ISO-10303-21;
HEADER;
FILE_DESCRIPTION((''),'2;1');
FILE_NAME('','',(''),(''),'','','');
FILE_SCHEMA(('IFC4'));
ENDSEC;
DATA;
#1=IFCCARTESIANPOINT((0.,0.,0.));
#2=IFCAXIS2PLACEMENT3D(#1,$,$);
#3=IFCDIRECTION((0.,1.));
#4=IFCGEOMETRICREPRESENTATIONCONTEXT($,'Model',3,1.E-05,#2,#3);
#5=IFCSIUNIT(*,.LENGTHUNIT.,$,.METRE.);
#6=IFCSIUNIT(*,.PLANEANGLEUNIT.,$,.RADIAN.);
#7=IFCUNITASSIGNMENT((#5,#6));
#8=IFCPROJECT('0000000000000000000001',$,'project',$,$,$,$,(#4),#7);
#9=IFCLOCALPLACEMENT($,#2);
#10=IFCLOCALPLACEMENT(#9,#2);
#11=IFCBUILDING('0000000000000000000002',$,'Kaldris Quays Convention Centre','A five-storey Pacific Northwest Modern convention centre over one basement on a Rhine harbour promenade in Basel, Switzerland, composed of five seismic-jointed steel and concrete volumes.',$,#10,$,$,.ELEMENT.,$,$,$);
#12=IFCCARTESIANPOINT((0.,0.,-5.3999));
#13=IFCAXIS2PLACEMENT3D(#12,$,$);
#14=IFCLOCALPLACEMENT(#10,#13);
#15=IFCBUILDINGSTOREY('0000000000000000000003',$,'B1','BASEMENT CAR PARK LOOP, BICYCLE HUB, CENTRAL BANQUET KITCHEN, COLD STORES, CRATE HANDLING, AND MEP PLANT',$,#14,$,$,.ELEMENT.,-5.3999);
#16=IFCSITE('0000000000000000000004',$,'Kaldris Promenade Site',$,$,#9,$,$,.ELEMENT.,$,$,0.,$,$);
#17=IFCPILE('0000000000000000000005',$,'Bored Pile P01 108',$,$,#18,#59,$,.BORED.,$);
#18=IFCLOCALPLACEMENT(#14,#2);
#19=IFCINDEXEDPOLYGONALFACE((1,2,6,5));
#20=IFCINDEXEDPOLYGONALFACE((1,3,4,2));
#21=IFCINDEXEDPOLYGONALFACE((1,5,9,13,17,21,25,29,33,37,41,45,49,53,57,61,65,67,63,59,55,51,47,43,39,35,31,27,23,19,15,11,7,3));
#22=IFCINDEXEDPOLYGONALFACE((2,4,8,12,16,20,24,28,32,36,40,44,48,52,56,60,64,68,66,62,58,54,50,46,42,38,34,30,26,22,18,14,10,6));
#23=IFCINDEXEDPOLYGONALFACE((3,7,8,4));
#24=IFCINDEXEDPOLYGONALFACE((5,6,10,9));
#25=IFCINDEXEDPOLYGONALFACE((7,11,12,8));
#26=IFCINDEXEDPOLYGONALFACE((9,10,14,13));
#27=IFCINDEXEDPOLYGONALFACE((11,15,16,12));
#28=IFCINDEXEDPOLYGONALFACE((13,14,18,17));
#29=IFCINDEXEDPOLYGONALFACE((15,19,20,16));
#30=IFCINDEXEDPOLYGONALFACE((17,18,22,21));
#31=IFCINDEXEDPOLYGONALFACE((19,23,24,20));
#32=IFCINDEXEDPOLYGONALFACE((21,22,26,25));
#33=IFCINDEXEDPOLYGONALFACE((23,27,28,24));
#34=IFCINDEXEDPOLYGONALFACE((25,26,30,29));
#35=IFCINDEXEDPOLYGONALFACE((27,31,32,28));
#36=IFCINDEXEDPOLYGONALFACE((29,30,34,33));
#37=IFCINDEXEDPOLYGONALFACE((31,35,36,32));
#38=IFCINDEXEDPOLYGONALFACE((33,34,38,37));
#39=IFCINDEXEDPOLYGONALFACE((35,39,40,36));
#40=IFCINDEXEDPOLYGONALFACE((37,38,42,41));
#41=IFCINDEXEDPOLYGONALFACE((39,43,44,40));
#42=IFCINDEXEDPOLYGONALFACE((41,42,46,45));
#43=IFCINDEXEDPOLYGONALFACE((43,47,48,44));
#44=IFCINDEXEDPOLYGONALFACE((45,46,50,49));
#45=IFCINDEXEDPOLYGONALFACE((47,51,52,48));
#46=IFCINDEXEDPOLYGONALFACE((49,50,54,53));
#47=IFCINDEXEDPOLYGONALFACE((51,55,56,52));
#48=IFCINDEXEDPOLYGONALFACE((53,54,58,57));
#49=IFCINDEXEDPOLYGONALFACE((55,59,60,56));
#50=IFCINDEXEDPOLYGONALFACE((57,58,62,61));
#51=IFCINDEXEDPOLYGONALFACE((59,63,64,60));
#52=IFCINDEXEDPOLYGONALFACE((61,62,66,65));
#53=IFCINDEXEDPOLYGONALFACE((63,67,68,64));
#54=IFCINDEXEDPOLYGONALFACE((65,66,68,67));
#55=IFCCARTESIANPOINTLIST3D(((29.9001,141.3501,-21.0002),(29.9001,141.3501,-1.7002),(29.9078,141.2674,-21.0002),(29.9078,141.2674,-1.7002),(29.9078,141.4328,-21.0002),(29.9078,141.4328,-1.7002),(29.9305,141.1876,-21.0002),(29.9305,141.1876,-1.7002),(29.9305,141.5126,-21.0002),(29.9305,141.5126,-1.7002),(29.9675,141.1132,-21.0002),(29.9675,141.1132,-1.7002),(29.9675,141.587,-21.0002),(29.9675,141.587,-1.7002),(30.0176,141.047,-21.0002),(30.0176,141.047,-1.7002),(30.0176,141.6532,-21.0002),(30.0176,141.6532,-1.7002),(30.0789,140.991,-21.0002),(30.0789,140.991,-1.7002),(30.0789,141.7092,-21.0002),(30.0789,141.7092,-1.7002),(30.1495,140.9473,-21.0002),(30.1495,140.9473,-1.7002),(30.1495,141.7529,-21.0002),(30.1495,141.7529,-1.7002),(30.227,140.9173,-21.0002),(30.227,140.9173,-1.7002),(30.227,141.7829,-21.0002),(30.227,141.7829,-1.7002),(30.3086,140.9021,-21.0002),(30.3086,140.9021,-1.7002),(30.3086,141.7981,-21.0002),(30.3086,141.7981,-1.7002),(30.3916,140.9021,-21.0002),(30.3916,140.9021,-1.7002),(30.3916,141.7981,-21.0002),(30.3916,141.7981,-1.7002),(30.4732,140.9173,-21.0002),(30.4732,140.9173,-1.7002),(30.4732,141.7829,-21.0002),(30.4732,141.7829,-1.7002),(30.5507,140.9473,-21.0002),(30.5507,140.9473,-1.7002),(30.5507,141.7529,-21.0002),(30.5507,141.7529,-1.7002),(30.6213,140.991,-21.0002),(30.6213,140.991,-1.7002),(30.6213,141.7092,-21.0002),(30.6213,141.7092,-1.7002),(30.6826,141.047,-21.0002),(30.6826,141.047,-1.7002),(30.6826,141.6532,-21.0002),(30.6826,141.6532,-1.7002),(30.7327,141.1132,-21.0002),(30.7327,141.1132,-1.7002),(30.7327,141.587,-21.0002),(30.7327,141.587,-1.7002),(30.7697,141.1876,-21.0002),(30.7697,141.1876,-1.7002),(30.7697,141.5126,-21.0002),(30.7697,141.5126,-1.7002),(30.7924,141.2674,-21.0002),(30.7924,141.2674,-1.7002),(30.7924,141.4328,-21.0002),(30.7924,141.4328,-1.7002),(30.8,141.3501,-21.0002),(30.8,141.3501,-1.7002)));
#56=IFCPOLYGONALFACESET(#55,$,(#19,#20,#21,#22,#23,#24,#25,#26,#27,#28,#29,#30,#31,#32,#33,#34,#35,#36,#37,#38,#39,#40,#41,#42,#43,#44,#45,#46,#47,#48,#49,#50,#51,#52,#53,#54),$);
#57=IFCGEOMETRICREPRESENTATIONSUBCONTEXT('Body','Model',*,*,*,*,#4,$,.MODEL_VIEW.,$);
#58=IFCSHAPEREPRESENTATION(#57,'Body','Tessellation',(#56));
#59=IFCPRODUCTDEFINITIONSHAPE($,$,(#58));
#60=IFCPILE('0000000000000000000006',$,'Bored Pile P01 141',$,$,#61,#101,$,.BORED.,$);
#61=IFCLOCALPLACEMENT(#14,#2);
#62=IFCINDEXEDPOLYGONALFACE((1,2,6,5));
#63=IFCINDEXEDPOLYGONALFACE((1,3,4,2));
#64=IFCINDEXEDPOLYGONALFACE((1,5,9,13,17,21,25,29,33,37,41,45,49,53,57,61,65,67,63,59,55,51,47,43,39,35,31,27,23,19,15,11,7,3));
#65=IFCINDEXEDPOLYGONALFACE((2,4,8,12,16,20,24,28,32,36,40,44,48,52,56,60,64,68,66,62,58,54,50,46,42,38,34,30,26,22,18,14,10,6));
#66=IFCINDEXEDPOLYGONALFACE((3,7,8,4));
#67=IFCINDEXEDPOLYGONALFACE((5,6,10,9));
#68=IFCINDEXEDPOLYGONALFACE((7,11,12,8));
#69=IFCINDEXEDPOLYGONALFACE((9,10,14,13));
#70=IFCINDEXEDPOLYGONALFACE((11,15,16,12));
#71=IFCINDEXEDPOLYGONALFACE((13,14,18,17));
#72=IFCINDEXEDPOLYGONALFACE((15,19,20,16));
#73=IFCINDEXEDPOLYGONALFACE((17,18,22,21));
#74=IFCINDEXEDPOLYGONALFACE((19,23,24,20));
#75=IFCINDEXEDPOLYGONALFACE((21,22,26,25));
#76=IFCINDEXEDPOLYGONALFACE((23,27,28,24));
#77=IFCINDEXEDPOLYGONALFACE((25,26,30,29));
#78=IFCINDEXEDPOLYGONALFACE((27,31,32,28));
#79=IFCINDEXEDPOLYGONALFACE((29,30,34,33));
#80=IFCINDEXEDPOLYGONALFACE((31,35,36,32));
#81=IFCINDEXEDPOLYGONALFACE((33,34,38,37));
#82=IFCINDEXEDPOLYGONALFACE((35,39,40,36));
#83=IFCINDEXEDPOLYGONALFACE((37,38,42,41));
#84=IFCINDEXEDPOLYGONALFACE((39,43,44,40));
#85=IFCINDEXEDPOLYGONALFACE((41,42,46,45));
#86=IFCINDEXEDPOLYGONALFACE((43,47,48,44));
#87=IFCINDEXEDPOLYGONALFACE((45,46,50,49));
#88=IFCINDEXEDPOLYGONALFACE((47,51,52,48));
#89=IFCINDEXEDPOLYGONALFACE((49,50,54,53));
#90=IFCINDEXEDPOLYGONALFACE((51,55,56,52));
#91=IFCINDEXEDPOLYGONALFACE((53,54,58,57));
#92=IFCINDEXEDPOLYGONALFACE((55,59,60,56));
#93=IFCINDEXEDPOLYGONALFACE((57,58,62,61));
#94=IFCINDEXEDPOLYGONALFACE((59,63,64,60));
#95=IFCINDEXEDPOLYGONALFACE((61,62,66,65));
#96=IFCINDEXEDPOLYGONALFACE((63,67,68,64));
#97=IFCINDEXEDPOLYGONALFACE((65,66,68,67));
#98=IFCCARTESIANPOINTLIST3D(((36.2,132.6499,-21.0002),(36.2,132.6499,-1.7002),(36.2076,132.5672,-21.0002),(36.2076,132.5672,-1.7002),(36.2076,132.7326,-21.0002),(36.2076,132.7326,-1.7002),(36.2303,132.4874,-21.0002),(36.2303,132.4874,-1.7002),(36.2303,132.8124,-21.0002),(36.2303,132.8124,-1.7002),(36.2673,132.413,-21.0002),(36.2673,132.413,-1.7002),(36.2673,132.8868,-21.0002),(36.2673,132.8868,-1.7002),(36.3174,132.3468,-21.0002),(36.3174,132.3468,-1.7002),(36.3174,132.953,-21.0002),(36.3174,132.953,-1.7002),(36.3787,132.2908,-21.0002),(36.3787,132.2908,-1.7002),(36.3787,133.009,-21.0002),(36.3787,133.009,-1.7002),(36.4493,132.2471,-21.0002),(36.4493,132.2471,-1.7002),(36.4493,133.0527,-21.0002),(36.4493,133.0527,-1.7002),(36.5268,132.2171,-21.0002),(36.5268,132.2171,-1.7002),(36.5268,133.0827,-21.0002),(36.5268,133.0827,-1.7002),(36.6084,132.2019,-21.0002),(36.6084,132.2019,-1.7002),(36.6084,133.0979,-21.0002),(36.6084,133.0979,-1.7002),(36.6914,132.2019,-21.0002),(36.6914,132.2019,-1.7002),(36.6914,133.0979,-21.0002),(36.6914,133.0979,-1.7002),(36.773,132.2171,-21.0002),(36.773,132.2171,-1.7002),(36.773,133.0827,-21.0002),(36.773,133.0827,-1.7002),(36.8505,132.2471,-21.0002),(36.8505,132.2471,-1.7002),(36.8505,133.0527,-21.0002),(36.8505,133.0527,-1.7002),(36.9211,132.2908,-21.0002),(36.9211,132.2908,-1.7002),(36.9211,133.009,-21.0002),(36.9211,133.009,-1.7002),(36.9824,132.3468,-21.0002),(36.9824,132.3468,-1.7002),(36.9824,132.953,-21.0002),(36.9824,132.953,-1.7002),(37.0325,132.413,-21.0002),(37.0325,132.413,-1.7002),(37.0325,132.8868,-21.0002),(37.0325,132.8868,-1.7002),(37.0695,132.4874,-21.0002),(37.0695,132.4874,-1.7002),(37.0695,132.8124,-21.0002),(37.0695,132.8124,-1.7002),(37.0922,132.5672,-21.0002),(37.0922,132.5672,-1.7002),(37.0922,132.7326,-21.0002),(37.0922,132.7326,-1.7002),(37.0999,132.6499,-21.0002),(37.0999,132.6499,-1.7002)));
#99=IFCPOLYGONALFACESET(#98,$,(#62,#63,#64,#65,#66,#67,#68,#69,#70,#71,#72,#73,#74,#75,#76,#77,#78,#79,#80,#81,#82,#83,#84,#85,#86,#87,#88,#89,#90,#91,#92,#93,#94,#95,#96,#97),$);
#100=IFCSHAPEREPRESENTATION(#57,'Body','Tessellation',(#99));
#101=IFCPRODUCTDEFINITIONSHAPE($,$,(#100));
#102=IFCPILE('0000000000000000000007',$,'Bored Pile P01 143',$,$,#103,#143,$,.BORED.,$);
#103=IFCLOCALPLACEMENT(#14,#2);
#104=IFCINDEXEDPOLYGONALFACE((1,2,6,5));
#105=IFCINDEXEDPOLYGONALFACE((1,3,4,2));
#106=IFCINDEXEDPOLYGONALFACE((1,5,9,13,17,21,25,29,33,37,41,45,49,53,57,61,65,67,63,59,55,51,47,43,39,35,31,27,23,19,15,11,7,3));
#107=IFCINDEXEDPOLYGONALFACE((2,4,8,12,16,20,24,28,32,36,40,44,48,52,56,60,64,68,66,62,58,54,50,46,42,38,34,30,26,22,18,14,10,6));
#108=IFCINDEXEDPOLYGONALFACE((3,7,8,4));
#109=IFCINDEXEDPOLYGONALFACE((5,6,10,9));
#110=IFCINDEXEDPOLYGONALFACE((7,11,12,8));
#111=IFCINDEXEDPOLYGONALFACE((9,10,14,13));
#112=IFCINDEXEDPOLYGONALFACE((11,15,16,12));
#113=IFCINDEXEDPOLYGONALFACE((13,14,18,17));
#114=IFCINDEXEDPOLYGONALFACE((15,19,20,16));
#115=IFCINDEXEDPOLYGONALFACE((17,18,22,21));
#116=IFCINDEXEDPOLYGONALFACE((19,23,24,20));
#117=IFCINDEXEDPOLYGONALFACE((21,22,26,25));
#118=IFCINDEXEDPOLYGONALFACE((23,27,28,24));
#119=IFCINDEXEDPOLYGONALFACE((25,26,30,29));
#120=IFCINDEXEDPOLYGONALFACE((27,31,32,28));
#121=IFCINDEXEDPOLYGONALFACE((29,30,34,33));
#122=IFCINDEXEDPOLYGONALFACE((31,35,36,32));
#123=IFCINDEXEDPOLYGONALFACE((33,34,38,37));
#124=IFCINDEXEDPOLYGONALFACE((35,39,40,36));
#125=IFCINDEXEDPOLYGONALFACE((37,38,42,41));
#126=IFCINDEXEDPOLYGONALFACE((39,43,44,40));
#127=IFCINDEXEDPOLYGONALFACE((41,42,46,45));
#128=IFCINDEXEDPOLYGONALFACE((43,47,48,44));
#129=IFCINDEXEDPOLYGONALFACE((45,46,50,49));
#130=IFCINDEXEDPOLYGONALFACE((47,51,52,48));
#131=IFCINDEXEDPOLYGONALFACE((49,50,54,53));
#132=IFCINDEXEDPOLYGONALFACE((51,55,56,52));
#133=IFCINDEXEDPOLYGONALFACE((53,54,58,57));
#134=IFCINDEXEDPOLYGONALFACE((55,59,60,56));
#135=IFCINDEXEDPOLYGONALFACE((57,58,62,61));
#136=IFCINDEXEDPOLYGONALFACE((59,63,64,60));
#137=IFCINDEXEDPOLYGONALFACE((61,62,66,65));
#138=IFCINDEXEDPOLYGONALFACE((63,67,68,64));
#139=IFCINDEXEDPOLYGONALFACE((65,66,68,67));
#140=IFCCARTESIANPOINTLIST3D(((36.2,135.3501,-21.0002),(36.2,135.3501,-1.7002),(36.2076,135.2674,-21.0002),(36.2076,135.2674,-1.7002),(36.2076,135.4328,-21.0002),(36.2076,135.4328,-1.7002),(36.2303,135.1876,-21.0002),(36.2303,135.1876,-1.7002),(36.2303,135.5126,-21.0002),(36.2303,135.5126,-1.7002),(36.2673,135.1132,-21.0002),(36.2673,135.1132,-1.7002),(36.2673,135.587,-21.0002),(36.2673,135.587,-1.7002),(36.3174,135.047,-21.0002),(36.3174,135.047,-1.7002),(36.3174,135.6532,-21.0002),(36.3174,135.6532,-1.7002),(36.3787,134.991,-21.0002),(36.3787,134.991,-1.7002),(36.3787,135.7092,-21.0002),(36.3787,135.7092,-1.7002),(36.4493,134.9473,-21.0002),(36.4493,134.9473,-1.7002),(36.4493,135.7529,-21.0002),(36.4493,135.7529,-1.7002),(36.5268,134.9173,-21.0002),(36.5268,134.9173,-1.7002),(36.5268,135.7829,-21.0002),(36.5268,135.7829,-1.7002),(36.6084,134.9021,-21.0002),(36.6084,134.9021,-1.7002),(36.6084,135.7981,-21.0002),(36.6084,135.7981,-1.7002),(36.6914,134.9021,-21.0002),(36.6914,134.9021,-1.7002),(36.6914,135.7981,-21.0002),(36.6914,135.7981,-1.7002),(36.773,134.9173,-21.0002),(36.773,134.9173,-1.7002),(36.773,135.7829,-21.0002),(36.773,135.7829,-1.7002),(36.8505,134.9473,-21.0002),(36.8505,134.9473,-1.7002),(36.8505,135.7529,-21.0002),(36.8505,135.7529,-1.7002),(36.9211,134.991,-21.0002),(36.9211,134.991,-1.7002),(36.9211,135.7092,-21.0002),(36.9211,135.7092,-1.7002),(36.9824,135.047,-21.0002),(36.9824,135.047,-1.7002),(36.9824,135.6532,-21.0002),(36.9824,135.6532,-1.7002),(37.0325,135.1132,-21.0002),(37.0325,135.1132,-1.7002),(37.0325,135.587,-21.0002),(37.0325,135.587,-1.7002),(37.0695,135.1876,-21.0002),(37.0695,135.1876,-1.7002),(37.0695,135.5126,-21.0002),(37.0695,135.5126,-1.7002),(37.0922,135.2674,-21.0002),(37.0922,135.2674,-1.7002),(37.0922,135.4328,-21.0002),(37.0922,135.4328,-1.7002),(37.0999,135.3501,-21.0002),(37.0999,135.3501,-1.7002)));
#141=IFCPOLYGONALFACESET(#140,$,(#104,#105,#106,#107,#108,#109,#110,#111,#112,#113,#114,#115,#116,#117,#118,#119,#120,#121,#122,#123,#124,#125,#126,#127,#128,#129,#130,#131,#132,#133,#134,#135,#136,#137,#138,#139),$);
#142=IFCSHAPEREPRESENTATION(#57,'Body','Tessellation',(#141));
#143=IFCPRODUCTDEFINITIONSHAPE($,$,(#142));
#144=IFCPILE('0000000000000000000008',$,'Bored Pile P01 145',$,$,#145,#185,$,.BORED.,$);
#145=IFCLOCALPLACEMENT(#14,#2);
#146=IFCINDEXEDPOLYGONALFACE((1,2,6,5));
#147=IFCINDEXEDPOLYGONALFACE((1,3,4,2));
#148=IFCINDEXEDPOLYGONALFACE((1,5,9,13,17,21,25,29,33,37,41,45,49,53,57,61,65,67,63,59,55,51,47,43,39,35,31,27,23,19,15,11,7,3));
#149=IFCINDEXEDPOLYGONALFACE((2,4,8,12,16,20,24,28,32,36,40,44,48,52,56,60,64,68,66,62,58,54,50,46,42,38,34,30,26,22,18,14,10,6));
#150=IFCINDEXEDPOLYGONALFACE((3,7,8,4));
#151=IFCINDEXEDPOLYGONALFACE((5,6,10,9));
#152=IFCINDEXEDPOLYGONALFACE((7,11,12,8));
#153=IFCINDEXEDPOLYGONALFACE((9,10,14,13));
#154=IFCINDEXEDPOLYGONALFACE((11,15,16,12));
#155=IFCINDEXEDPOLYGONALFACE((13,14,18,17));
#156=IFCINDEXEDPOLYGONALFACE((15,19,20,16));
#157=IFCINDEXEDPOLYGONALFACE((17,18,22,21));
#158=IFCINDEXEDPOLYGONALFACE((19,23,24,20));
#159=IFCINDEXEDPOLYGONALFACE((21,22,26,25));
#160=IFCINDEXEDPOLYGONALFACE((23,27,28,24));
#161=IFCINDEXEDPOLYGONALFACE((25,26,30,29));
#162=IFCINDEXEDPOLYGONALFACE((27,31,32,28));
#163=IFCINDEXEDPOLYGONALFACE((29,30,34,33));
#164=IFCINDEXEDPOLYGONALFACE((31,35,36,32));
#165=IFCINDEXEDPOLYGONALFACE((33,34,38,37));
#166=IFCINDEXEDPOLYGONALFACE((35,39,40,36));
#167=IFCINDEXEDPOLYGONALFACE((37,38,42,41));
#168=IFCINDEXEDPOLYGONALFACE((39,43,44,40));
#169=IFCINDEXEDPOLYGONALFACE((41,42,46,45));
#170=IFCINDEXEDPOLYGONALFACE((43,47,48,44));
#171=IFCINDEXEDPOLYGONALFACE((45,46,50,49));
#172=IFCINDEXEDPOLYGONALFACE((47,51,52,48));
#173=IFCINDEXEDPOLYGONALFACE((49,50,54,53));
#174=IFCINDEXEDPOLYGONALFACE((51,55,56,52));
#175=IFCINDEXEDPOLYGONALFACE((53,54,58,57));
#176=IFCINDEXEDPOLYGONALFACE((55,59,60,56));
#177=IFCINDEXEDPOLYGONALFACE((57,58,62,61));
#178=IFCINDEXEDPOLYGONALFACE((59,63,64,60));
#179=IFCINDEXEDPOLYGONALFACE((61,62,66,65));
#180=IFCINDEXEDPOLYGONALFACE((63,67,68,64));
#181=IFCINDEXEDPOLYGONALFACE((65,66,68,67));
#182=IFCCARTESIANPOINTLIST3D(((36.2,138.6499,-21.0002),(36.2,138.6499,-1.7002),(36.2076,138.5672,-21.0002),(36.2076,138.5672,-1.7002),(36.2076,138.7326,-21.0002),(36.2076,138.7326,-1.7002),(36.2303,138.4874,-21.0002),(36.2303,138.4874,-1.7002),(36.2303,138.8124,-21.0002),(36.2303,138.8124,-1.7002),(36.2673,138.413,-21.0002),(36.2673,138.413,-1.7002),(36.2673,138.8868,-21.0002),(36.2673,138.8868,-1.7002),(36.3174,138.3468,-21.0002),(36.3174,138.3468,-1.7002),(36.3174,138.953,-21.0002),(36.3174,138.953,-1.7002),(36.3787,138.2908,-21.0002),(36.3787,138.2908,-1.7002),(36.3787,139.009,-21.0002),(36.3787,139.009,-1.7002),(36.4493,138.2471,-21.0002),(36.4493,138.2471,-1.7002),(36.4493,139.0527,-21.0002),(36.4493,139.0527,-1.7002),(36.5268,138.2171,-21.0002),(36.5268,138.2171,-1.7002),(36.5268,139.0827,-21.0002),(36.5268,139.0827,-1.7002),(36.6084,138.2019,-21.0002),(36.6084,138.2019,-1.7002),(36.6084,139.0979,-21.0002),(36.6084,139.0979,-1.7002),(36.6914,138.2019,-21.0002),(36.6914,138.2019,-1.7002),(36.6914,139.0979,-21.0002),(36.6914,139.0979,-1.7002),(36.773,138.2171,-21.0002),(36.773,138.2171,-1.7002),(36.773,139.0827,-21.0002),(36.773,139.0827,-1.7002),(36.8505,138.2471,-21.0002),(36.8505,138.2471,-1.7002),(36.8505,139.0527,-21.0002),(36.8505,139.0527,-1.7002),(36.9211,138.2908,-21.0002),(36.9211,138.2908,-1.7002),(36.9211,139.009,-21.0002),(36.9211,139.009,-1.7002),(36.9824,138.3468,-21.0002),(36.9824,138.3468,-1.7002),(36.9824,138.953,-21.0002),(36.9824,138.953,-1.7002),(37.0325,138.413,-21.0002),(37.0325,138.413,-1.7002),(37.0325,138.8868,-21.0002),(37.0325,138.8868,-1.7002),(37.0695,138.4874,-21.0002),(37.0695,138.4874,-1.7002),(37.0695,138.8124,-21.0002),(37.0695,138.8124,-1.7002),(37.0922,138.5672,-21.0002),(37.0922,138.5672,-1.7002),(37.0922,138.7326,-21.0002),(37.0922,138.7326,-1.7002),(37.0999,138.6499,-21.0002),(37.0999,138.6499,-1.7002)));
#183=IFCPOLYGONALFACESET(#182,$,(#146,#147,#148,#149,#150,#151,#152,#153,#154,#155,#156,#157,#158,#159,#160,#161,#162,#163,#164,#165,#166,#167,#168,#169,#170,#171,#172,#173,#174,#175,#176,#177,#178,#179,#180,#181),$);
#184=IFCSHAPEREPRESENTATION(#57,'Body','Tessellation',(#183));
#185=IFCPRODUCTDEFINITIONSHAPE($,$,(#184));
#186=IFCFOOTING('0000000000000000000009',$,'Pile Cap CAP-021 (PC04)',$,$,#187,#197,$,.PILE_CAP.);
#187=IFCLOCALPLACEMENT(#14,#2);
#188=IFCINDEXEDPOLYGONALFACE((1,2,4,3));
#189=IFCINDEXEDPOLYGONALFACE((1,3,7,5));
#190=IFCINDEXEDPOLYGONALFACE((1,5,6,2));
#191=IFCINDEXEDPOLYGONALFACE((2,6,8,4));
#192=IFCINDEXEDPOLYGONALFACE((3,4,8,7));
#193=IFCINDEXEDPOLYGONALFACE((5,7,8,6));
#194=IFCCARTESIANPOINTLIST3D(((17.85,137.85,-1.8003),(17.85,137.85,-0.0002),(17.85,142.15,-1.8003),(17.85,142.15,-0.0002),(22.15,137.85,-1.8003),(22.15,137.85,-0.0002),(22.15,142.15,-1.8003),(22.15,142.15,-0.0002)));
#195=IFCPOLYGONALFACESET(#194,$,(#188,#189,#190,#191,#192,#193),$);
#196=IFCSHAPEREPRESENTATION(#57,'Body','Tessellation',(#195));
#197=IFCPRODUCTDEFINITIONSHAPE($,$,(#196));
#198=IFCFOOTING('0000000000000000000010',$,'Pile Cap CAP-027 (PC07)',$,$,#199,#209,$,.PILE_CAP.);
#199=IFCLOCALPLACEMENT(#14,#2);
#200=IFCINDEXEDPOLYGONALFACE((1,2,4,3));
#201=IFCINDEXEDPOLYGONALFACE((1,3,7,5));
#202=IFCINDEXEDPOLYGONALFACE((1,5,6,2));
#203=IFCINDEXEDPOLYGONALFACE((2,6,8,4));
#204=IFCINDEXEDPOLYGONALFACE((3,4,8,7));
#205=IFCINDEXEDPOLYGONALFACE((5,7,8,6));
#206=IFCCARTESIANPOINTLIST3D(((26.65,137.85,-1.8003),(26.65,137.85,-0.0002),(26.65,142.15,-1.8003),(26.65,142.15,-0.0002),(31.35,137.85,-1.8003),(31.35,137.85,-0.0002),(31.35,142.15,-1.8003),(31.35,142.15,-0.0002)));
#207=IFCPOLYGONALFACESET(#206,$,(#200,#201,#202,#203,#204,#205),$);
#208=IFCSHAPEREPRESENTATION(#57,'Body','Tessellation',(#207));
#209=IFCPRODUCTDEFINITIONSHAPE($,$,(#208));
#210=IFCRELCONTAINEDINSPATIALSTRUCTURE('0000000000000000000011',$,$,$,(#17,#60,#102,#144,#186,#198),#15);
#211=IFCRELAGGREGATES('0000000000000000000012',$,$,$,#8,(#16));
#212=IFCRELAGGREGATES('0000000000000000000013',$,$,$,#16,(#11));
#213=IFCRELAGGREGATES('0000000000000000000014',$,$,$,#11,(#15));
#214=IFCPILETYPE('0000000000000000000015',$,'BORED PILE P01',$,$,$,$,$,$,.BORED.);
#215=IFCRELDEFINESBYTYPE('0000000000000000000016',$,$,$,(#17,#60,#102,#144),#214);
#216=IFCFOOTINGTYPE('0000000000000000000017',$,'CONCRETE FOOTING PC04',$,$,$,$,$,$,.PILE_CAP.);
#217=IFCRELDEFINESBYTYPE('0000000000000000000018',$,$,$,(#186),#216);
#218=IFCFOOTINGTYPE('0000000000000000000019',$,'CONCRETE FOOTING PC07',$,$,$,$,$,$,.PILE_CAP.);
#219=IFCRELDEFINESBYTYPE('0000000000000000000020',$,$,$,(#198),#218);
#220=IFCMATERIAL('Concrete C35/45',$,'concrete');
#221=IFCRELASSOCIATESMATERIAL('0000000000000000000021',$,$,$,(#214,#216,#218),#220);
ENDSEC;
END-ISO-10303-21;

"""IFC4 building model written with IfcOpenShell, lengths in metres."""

from ifc_helpers import new_model, si_unit, direction, frame, origin, origin_2d, place, context, subcontext, project, spatial, rectangle, circle, extrude, material, material_profile, profile_set, type_object, element, save


model = new_model("IFC4")

# Units and contexts
model_context = context("Model", 3, precision=1e-05, world=origin(), true_north=direction((0.0, 1.0)))
body_context = subcontext(model_context, "Body", "Model", "MODEL_VIEW")
ifc_project = project(units=[si_unit("LENGTHUNIT", "METRE"), si_unit("PLANEANGLEUNIT", "RADIAN")], contexts=[model_context])

# Site, building, storey
site_placement = place(None, origin())
site = spatial("IfcSite", under=ifc_project, at=site_placement, Name="Kaldris Promenade Site", CompositionType="ELEMENT", RefElevation=0.0)
building_placement = place(site_placement, origin())
building = spatial("IfcBuilding", under=site, at=building_placement, Name="Kaldris Quays Convention Centre", Description="A five-storey Pacific Northwest Modern convention centre over one basement on a Rhine harbour promenade in Basel, Switzerland, composed of five seismic-jointed steel and concrete volumes.", CompositionType="ELEMENT")
storey_placement = place(building_placement, frame((0.0, 0.0, -5.3999)))
storey = spatial("IfcBuildingStorey", under=building, at=storey_placement, Name="B1", Description="BASEMENT CAR PARK LOOP, BICYCLE HUB, CENTRAL BANQUET KITCHEN, COLD STORES, CRATE HANDLING, AND MEP PLANT", CompositionType="ELEMENT", Elevation=-5.3999)

# Piles
ifc_material_1 = material(Name="Concrete C35/45", Category="concrete")
ifc_material_profile_1 = material_profile(ifc_material_1, circle(Radius=0.45, at=origin_2d()), Name="BORED PILE D900")
ifc_profile_set_1 = profile_set([ifc_material_profile_1], Name="Concrete C35/45")
pile_type = type_object("IfcPileType", Name="BORED PILE P01", PredefinedType="BORED", material=ifc_profile_set_1)
for number, where, z_axis, x_axis, name in (
    (1, (30.3501, 141.3501, -1.7002), (0.0, 0.0, -1.0), (1.0, 0.0, 0.0), "Bored Pile P01 108"),
    (2, (36.6499, 132.6499, -1.7002), (0.0, 0.0, -1.0), (1.0, 0.0, 0.0), "Bored Pile P01 141"),
    (3, (36.6499, 135.3501, -1.7002), (0.0, 0.0, -1.0), (1.0, 0.0, 0.0), "Bored Pile P01 143"),
    (4, (36.6499, 138.6499, -1.7002), (0.0, 0.0, -1.0), (1.0, 0.0, 0.0), "Bored Pile P01 145"),
):
    element("IfcPile", number, at=place(storey_placement, frame(where, z_axis=z_axis, x_axis=x_axis)), inside=storey, type_object=pile_type, Name=name, PredefinedType="BORED", context=body_context, shape_type="SweptSolid", body=[
        extrude(circle(Radius=0.45, at=origin_2d()), origin(), (0.0, 0.0, 1.0), 19.3),
    ])

# Footings
footing_type_1 = type_object("IfcFootingType", Name="CONCRETE FOOTING PC04", PredefinedType="PILE_CAP", material=ifc_material_1)
footing_1_placement = place(storey_placement, frame((20.0, 140.0, -1.8003), z_axis=(0.0, 0.0, 1.0), x_axis=(1.0, 0.0, 0.0)))
element("IfcFooting", 5, at=footing_1_placement, inside=storey, type_object=footing_type_1, Name="Pile Cap CAP-021 (PC04)", PredefinedType="PILE_CAP", context=body_context, shape_type="SweptSolid", body=[
    extrude(rectangle(XDim=4.3, YDim=4.3, at=origin_2d()), origin(), (0.0, 0.0, 1.0), 1.8),
])
footing_type_2 = type_object("IfcFootingType", Name="CONCRETE FOOTING PC07", PredefinedType="PILE_CAP", material=ifc_material_1)
footing_2_placement = place(storey_placement, frame((29.0, 140.0, -1.8003), z_axis=(0.0, 0.0, 1.0), x_axis=(1.0, 0.0, 0.0)))
element("IfcFooting", 6, at=footing_2_placement, inside=storey, type_object=footing_type_2, Name="Pile Cap CAP-027 (PC07)", PredefinedType="PILE_CAP", context=body_context, shape_type="SweptSolid", body=[
    extrude(rectangle(XDim=4.7, YDim=4.3, at=origin_2d()), origin(), (0.0, 0.0, 1.0), 1.8),
])

save(model, "model.ifc")
